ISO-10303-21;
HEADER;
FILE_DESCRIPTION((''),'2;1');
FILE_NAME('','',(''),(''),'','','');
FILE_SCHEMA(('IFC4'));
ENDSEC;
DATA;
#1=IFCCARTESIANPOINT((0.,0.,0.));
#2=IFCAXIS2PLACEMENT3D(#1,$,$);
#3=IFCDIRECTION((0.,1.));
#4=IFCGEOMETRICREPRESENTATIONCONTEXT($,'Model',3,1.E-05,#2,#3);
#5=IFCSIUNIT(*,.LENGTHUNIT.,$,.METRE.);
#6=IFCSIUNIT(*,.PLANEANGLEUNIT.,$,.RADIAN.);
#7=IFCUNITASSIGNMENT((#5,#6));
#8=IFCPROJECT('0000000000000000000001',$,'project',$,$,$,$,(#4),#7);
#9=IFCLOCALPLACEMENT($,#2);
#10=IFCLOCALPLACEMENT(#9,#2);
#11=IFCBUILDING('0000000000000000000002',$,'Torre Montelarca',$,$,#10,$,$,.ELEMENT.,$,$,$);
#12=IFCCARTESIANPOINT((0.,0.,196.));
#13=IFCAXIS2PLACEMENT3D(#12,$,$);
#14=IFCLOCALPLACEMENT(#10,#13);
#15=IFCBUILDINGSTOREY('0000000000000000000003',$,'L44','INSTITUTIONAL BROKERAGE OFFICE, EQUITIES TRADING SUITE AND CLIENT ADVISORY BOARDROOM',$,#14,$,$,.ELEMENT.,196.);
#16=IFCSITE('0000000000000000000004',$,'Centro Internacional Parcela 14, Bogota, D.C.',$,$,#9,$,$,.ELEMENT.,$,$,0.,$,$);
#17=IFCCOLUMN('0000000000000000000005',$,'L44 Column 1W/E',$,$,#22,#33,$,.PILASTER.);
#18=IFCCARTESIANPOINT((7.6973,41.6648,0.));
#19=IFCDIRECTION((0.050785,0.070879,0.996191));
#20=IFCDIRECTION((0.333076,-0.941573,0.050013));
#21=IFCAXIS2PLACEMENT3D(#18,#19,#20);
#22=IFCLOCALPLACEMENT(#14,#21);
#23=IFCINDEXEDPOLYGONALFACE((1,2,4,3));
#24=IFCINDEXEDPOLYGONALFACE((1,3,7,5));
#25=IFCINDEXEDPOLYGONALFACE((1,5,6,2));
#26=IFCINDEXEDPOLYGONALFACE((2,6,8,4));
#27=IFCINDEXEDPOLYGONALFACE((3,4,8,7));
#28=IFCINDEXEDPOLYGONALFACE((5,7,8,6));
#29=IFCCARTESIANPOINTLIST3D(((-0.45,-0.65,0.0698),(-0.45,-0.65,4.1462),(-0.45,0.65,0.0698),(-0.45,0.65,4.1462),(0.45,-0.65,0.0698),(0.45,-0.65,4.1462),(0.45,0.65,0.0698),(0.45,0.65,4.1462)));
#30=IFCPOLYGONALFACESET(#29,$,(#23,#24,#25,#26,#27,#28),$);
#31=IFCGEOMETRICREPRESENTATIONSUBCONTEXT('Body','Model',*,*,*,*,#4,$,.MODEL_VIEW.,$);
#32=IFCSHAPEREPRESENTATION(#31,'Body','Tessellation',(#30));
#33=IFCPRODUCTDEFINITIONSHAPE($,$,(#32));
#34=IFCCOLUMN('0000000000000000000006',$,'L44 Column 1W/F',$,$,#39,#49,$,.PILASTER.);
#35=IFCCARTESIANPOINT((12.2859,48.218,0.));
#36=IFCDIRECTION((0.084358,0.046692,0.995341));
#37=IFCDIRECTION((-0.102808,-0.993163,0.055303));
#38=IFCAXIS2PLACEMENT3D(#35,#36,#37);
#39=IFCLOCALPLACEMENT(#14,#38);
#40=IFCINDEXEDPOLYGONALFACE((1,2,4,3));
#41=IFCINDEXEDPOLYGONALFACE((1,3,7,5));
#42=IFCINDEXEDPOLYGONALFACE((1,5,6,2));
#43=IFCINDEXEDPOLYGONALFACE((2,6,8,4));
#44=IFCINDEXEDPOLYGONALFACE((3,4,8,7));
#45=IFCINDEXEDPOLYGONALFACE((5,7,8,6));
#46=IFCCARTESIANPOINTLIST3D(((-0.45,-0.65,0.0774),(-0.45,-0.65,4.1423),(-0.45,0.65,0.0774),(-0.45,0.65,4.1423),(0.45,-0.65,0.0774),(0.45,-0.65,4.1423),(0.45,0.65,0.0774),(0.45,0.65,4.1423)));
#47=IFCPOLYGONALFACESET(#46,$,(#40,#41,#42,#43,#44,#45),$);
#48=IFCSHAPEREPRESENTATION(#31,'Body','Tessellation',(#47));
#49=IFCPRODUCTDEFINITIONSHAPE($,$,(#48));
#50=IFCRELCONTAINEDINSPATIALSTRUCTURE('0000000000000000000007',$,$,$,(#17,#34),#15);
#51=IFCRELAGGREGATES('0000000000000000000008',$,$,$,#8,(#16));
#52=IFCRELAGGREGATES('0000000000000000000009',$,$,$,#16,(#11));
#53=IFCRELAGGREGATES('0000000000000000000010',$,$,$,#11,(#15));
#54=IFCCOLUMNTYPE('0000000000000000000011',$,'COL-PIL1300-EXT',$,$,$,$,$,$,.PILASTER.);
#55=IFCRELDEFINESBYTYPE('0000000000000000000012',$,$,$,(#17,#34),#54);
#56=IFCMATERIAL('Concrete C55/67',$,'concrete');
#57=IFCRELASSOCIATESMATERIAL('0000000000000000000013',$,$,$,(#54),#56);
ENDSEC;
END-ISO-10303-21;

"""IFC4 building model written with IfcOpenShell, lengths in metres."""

from ifc_helpers import new_model, si_unit, direction, frame, origin, origin_2d, place, context, subcontext, project, spatial, rectangle, extrude, clip, halfspace, material, material_profile, profile_set, type_object, element, save


model = new_model("IFC4")

# Units and contexts
model_context = context("Model", 3, precision=1e-05, world=origin(), true_north=direction((0.0, 1.0)))
body_context = subcontext(model_context, "Body", "Model", "MODEL_VIEW")
ifc_project = project(units=[si_unit("LENGTHUNIT", "METRE"), si_unit("PLANEANGLEUNIT", "RADIAN")], contexts=[model_context])

# Site, building, storey
site_placement = place(None, origin())
site = spatial("IfcSite", under=ifc_project, at=site_placement, Name="Centro Internacional Parcela 14, Bogota, D.C.", CompositionType="ELEMENT", RefElevation=0.0)
building_placement = place(site_placement, origin())
building = spatial("IfcBuilding", under=site, at=building_placement, Name="Torre Montelarca", CompositionType="ELEMENT")
storey_placement = place(building_placement, frame((0.0, 0.0, 196.0)))
storey = spatial("IfcBuildingStorey", under=building, at=storey_placement, Name="L44", Description="INSTITUTIONAL BROKERAGE OFFICE, EQUITIES TRADING SUITE AND CLIENT ADVISORY BOARDROOM", CompositionType="ELEMENT", Elevation=196.0)

# Columns
ifc_material_1 = material(Name="Concrete C55/67", Category="concrete")
ifc_material_profile_1 = material_profile(ifc_material_1, rectangle(XDim=0.8999, YDim=1.3, at=origin_2d()), Name="RC1300X900", Category="concrete")
ifc_profile_set_1 = profile_set([ifc_material_profile_1], Name="Concrete C55/67")
column_type_1 = type_object("IfcColumnType", Name="COL-PIL1300-EXT", PredefinedType="PILASTER", material=ifc_profile_set_1)
column_1_placement = place(storey_placement, frame((7.6973, 41.6648, 0.0), z_axis=(0.050785, 0.070879, 0.996191), x_axis=(0.333076, -0.941573, 0.050013)))
element("IfcColumn", 1, at=column_1_placement, inside=storey, type_object=column_type_1, Name="L44 Column 1W/E", PredefinedType="PILASTER", context=body_context, shape_type="Clipping", body=[
    clip(clip(extrude(rectangle(XDim=0.8999, YDim=1.3, at=origin_2d()), origin(), (0.0, 0.0, 1.0), 4.2161), halfspace(frame((0.0, 0.0, 0.0698), z_axis=(0.0, 0.0, -1.0), x_axis=(1.0, 0.0, 0.0)), False)), halfspace(frame((0.0, 0.0, 4.1462), z_axis=(0.0, 0.0, 1.0), x_axis=(1.0, 0.0, 0.0)), False)),
])
column_2_placement = place(storey_placement, frame((12.2859, 48.218, 0.0), z_axis=(0.084358, 0.046692, 0.995341), x_axis=(-0.102808, -0.993163, 0.055303)))
element("IfcColumn", 2, at=column_2_placement, inside=storey, type_object=column_type_1, Name="L44 Column 1W/F", PredefinedType="PILASTER", context=body_context, shape_type="Clipping", body=[
    clip(clip(extrude(rectangle(XDim=0.8999, YDim=1.3, at=origin_2d()), origin(), (0.0, 0.0, 1.0), 4.2197), halfspace(frame((0.0, 0.0, 0.0774), z_axis=(0.0, 0.0, -1.0), x_axis=(1.0, 0.0, 0.0)), False)), halfspace(frame((0.0, 0.0, 4.1423), z_axis=(0.0, 0.0, 1.0), x_axis=(1.0, 0.0, 0.0)), False)),
])

save(model, "model.ifc")
